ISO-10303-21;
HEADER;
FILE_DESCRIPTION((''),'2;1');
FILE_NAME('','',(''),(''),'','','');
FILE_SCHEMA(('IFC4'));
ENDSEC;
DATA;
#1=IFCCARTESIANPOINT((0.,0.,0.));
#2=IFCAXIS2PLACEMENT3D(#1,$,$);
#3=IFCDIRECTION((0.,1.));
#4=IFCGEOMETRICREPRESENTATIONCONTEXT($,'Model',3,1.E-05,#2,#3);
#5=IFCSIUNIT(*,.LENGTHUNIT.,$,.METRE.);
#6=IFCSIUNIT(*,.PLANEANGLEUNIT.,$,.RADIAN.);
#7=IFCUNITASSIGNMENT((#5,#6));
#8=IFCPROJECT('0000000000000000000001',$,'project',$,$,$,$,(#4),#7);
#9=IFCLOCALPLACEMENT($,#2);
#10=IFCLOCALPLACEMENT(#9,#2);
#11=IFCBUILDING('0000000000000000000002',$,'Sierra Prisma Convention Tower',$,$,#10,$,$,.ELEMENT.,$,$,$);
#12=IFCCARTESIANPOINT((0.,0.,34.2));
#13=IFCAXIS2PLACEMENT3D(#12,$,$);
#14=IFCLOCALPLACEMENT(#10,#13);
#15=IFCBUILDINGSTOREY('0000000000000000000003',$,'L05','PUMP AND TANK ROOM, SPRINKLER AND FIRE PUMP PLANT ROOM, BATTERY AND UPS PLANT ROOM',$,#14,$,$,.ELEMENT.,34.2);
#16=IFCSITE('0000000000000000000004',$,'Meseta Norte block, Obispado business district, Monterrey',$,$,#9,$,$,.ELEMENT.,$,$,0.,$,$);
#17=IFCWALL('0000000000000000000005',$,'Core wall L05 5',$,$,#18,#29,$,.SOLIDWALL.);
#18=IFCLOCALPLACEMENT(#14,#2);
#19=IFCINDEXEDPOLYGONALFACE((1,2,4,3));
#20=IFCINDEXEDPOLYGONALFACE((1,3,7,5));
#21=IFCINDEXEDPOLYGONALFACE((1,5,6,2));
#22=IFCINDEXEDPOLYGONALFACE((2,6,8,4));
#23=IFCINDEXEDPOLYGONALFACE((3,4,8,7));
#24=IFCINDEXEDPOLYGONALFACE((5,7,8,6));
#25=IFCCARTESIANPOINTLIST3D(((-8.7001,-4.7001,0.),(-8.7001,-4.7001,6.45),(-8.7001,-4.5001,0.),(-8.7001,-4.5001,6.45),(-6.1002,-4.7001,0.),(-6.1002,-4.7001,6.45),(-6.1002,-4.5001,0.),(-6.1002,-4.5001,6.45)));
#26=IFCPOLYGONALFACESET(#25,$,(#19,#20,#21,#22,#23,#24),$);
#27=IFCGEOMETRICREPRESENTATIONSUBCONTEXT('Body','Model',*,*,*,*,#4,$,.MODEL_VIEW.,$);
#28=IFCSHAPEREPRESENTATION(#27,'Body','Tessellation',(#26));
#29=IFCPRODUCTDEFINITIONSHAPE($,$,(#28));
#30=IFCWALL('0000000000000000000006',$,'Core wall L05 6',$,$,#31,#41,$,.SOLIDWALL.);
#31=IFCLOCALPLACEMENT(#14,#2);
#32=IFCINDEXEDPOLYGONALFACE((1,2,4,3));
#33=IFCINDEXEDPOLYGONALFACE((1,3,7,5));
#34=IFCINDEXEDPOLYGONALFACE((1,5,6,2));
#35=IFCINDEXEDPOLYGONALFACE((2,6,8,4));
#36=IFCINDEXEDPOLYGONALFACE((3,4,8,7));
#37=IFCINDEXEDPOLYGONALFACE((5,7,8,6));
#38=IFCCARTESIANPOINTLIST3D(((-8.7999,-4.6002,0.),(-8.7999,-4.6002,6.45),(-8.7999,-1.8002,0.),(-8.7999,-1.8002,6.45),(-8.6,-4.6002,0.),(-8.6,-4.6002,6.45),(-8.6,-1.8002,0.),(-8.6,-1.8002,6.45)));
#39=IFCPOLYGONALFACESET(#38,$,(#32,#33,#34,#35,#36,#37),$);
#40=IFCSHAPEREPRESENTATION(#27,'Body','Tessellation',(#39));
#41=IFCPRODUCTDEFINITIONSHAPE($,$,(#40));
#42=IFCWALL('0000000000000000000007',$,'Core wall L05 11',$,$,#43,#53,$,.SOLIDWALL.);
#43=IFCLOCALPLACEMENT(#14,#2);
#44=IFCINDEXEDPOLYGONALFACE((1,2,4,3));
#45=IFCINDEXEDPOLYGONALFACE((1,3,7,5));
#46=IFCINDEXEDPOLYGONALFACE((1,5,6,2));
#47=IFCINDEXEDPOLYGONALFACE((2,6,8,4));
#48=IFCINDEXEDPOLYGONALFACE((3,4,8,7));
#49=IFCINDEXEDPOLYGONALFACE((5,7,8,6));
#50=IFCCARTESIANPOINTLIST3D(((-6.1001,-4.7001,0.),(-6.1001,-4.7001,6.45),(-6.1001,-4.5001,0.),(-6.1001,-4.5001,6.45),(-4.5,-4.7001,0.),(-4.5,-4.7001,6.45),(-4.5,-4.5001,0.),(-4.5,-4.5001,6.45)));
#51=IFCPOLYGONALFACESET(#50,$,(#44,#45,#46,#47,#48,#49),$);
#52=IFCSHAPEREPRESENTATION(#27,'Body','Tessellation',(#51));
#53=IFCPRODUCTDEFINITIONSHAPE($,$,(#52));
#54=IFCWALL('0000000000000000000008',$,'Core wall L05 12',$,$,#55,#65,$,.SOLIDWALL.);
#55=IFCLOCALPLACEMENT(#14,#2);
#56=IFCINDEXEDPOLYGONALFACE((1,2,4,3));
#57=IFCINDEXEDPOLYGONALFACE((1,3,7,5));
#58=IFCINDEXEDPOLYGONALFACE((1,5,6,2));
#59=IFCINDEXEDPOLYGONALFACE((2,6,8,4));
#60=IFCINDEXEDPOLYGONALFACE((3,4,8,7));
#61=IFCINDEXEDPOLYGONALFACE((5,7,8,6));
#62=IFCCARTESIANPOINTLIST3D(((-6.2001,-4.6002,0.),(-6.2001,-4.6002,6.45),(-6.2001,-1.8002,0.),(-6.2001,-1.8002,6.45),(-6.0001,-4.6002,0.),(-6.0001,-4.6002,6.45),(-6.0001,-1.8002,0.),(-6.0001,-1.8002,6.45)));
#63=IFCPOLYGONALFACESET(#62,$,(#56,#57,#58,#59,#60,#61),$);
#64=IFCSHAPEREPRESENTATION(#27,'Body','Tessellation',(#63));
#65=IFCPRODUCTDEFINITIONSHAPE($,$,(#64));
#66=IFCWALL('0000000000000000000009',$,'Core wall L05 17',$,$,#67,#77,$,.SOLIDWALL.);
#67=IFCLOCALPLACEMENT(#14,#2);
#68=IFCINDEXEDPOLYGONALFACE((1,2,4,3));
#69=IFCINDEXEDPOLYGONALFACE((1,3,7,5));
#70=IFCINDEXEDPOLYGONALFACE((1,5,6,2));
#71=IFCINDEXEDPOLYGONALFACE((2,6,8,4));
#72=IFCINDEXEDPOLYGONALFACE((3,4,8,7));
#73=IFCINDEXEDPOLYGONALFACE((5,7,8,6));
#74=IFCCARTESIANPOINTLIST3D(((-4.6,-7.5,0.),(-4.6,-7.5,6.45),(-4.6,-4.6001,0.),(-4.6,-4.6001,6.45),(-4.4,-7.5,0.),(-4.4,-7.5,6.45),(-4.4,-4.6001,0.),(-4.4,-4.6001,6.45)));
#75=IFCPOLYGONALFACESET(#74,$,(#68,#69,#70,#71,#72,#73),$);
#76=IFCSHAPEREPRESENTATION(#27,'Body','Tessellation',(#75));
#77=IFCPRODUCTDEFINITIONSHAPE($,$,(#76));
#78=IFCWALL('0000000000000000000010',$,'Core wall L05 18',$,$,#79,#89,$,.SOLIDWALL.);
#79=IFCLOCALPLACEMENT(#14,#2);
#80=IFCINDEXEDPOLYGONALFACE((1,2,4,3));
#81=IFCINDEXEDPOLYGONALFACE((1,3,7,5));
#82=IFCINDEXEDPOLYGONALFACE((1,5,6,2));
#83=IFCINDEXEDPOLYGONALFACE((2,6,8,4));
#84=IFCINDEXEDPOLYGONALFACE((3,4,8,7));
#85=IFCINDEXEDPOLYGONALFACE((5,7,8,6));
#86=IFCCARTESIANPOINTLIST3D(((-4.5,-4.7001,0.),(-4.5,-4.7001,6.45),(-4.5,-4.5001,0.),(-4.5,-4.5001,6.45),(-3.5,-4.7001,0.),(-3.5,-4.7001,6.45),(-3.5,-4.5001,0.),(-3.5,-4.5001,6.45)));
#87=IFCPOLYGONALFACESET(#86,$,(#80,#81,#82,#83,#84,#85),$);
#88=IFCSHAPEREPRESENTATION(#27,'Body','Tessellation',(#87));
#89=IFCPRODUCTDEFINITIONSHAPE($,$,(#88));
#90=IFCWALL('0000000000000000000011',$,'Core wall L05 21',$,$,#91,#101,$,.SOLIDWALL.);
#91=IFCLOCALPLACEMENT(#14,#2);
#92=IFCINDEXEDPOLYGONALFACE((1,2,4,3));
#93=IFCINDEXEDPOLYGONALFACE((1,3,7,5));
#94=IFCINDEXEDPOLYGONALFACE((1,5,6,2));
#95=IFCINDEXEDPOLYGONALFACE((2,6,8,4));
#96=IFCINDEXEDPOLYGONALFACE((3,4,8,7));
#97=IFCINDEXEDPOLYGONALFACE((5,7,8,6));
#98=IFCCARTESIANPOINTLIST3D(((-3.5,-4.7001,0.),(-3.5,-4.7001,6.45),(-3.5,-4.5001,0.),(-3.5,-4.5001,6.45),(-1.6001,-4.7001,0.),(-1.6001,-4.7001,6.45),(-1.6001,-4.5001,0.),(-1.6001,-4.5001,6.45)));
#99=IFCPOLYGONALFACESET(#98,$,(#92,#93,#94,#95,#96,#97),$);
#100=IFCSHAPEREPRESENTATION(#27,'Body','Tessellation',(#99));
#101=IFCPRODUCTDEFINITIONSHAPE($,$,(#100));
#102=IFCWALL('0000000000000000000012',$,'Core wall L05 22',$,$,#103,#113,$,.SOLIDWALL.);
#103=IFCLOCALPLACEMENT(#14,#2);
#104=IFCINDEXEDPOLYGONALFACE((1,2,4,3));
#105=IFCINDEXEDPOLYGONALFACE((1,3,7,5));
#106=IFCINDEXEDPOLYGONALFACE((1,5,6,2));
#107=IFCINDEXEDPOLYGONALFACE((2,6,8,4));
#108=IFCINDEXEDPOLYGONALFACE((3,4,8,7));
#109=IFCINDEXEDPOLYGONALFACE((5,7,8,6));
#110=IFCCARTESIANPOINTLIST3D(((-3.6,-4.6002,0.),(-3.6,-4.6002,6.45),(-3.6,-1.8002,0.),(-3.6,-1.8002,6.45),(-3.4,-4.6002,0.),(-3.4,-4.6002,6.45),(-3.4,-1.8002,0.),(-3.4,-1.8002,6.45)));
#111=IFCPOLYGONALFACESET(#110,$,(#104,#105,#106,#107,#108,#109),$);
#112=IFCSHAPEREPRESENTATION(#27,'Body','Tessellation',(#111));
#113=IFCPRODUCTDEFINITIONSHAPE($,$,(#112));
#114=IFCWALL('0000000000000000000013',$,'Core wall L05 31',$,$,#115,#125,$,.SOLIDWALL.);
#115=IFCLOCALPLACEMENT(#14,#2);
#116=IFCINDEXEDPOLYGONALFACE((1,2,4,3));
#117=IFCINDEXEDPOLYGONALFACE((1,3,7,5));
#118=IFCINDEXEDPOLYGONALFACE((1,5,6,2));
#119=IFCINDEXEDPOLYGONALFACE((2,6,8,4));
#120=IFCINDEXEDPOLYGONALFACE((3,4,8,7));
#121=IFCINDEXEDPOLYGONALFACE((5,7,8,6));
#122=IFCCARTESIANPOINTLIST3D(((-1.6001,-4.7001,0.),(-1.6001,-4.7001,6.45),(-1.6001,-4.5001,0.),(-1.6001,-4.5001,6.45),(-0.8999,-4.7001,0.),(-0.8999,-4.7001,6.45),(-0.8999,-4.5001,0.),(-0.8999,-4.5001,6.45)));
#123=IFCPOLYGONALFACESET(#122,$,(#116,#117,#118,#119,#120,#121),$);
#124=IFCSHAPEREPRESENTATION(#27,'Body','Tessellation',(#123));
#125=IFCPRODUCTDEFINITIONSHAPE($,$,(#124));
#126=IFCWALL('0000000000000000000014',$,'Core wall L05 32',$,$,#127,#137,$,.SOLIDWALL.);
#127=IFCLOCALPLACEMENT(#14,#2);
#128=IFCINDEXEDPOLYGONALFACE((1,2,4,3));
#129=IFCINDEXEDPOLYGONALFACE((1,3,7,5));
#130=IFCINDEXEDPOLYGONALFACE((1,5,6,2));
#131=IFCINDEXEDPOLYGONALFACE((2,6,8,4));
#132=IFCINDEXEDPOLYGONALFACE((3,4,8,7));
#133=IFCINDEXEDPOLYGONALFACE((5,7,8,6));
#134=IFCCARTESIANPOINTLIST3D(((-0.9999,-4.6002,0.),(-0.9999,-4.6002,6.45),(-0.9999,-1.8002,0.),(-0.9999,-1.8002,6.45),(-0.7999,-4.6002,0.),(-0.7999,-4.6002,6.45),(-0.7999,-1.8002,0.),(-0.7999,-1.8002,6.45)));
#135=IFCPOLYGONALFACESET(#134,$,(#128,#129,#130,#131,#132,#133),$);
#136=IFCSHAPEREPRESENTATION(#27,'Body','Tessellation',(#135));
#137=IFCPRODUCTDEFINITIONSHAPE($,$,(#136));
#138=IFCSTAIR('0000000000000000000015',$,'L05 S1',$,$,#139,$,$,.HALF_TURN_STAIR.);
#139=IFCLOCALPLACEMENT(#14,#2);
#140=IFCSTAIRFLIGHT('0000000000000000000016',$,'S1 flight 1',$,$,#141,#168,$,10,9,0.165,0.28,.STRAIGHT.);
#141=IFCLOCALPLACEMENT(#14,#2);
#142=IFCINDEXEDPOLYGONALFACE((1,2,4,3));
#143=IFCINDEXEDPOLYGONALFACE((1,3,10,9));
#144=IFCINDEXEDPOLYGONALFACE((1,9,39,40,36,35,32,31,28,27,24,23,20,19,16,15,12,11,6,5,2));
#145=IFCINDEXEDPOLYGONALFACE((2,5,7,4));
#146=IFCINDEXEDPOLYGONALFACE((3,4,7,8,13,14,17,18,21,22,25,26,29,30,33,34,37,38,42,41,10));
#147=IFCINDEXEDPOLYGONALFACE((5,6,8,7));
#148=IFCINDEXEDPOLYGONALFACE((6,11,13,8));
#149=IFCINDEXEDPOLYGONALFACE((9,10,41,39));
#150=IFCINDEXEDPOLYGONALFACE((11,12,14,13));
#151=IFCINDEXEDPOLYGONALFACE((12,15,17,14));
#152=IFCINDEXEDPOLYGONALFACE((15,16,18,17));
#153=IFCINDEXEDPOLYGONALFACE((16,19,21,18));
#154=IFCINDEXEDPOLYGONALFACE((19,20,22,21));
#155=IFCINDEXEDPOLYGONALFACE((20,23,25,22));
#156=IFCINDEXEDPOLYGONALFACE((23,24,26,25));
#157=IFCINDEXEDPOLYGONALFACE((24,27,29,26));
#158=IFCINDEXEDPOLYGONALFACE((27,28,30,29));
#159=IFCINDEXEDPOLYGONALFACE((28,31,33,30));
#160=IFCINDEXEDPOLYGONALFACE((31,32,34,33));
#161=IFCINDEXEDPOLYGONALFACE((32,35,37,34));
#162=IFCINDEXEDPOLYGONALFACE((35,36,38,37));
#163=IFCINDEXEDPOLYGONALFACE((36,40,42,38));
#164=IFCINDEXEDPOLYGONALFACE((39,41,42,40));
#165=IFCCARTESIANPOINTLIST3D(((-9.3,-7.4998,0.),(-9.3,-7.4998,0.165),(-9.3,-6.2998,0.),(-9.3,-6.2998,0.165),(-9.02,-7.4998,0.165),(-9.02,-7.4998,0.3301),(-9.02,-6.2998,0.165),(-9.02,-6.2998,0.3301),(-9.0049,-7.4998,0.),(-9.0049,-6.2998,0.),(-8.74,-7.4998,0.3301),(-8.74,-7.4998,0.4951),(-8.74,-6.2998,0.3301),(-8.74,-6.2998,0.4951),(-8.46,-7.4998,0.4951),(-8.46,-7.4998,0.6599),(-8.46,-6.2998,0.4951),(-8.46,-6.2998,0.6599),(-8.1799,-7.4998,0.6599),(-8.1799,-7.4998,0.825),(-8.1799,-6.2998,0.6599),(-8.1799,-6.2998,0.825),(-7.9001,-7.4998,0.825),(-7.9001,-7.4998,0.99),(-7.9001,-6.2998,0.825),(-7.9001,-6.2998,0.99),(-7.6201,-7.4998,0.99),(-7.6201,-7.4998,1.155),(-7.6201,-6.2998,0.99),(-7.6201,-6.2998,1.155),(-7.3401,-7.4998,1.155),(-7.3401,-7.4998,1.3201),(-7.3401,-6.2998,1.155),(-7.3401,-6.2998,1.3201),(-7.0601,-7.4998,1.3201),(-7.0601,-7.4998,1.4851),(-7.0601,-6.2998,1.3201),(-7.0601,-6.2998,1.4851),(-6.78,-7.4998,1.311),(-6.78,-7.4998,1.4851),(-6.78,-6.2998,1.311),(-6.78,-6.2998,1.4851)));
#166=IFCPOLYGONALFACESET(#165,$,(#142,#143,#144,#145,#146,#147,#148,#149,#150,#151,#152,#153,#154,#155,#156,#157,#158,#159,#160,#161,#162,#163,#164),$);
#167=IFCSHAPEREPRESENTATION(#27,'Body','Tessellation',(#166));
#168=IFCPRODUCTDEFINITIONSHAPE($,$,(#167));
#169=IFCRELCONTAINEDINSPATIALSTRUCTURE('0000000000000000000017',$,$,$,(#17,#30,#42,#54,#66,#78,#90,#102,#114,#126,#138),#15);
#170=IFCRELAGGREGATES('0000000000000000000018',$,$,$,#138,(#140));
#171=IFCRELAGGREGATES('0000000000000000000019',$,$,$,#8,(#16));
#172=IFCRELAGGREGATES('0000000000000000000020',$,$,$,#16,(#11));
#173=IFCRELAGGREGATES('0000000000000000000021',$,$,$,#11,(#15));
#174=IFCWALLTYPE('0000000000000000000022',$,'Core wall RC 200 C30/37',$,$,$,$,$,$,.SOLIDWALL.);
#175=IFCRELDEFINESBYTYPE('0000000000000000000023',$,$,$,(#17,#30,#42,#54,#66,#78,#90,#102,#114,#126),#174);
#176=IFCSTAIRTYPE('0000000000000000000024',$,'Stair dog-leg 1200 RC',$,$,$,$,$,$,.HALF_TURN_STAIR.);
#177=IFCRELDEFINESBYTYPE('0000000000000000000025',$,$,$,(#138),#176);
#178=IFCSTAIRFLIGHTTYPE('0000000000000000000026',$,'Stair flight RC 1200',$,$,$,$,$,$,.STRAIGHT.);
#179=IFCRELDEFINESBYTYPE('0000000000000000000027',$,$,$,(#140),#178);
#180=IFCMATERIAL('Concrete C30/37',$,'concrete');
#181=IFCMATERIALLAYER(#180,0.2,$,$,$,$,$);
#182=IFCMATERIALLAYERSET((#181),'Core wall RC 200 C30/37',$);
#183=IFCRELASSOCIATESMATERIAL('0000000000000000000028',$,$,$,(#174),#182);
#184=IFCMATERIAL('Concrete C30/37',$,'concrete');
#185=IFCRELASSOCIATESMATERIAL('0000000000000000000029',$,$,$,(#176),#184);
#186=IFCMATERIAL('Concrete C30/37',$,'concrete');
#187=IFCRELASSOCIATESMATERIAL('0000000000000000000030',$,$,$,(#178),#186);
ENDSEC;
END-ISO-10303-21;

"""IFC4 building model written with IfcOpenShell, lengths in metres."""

from ifc_helpers import new_model, si_unit, direction, frame, frame_2d, origin, place, context, subcontext, project, spatial, polyline, rectangle, outline, extrude, material, layer, layer_set, type_object, element, aggregate, save


model = new_model("IFC4")

# Units and contexts
model_context = context("Model", 3, precision=1e-05, world=origin(), true_north=direction((0.0, 1.0)))
body_context = subcontext(model_context, "Body", "Model", "MODEL_VIEW")
ifc_project = project(units=[si_unit("LENGTHUNIT", "METRE"), si_unit("PLANEANGLEUNIT", "RADIAN")], contexts=[model_context])

# Site, building, storey
site_placement = place(None, origin())
site = spatial("IfcSite", under=ifc_project, at=site_placement, Name="Meseta Norte block, Obispado business district, Monterrey", CompositionType="ELEMENT", RefElevation=0.0)
building_placement = place(site_placement, origin())
building = spatial("IfcBuilding", under=site, at=building_placement, Name="Sierra Prisma Convention Tower", CompositionType="ELEMENT")
storey_placement = place(building_placement, frame((0.0, 0.0, 34.2)))
storey = spatial("IfcBuildingStorey", under=building, at=storey_placement, Name="L05", Description="PUMP AND TANK ROOM, SPRINKLER AND FIRE PUMP PLANT ROOM, BATTERY AND UPS PLANT ROOM", CompositionType="ELEMENT", Elevation=34.2)

# Shared definitions
ifc_material_1 = material(Name="Concrete C30/37", Category="concrete")
ifc_layer = layer(ifc_material_1, 0.2)
ifc_layer_set = layer_set([ifc_layer], Name="Core wall RC 200 C30/37")
wall_type = type_object("IfcWallType", Name="Core wall RC 200 C30/37", PredefinedType="SOLIDWALL", material=ifc_layer_set)

# Walls
wall_1_placement = place(storey_placement, frame((-8.7, -4.6001, 0.0), z_axis=(0.0, 0.0, 1.0), x_axis=(1.0, 0.0, 0.0)))
element("IfcWall", 1, at=wall_1_placement, inside=storey, type_object=wall_type, Name="Core wall L05 5", PredefinedType="SOLIDWALL", context=body_context, shape_type="SweptSolid", body=[
    extrude(rectangle(XDim=2.5999, YDim=0.2, at=frame_2d((1.2998, 0.0))), origin(), (0.0, 0.0, 1.0), 6.45),
])
wall_2_placement = place(storey_placement, frame((-8.7, -4.6001, 0.0), z_axis=(0.0, 0.0, 1.0), x_axis=(0.0, 1.0, 0.0)))
element("IfcWall", 2, at=wall_2_placement, inside=storey, type_object=wall_type, Name="Core wall L05 6", PredefinedType="SOLIDWALL", context=body_context, shape_type="SweptSolid", body=[
    extrude(rectangle(XDim=2.8, YDim=0.2, at=frame_2d((1.3999, 0.0))), origin(), (0.0, 0.0, 1.0), 6.45),
])
wall_3_placement = place(storey_placement, frame((-6.1001, -4.6001, 0.0), z_axis=(0.0, 0.0, 1.0), x_axis=(1.0, 0.0, 0.0)))
element("IfcWall", 3, at=wall_3_placement, inside=storey, type_object=wall_type, Name="Core wall L05 11", PredefinedType="SOLIDWALL", context=body_context, shape_type="SweptSolid", body=[
    extrude(rectangle(XDim=1.6001, YDim=0.2, at=frame_2d((0.8, 0.0))), origin(), (0.0, 0.0, 1.0), 6.45),
])
wall_4_placement = place(storey_placement, frame((-6.1001, -4.6001, 0.0), z_axis=(0.0, 0.0, 1.0), x_axis=(0.0, 1.0, 0.0)))
element("IfcWall", 4, at=wall_4_placement, inside=storey, type_object=wall_type, Name="Core wall L05 12", PredefinedType="SOLIDWALL", context=body_context, shape_type="SweptSolid", body=[
    extrude(rectangle(XDim=2.8, YDim=0.2, at=frame_2d((1.3999, 0.0))), origin(), (0.0, 0.0, 1.0), 6.45),
])
wall_5_placement = place(storey_placement, frame((-4.5, -4.6001, 0.0), z_axis=(0.0, 0.0, 1.0), x_axis=(0.0, -1.0, 0.0)))
element("IfcWall", 5, at=wall_5_placement, inside=storey, type_object=wall_type, Name="Core wall L05 17", PredefinedType="SOLIDWALL", context=body_context, shape_type="SweptSolid", body=[
    extrude(rectangle(XDim=2.8999, YDim=0.2, at=frame_2d((1.45, 0.0))), origin(), (0.0, 0.0, 1.0), 6.45),
])
wall_6_placement = place(storey_placement, frame((-4.5, -4.6001, 0.0), z_axis=(0.0, 0.0, 1.0), x_axis=(1.0, 0.0, 0.0)))
element("IfcWall", 6, at=wall_6_placement, inside=storey, type_object=wall_type, Name="Core wall L05 18", PredefinedType="SOLIDWALL", context=body_context, shape_type="SweptSolid", body=[
    extrude(rectangle(XDim=1.0, YDim=0.2, at=frame_2d((0.5, 0.0))), origin(), (0.0, 0.0, 1.0), 6.45),
])
wall_7_placement = place(storey_placement, frame((-3.5, -4.6001, 0.0), z_axis=(0.0, 0.0, 1.0), x_axis=(1.0, 0.0, 0.0)))
element("IfcWall", 7, at=wall_7_placement, inside=storey, type_object=wall_type, Name="Core wall L05 21", PredefinedType="SOLIDWALL", context=body_context, shape_type="SweptSolid", body=[
    extrude(rectangle(XDim=1.8999, YDim=0.2, at=frame_2d((0.95, 0.0))), origin(), (0.0, 0.0, 1.0), 6.45),
])
wall_8_placement = place(storey_placement, frame((-3.5, -4.6001, 0.0), z_axis=(0.0, 0.0, 1.0), x_axis=(0.0, 1.0, 0.0)))
element("IfcWall", 8, at=wall_8_placement, inside=storey, type_object=wall_type, Name="Core wall L05 22", PredefinedType="SOLIDWALL", context=body_context, shape_type="SweptSolid", body=[
    extrude(rectangle(XDim=2.8, YDim=0.2, at=frame_2d((1.3999, 0.0))), origin(), (0.0, 0.0, 1.0), 6.45),
])
wall_9_placement = place(storey_placement, frame((-1.6001, -4.6001, 0.0), z_axis=(0.0, 0.0, 1.0), x_axis=(1.0, 0.0, 0.0)))
element("IfcWall", 9, at=wall_9_placement, inside=storey, type_object=wall_type, Name="Core wall L05 31", PredefinedType="SOLIDWALL", context=body_context, shape_type="SweptSolid", body=[
    extrude(rectangle(XDim=0.7002, YDim=0.2, at=frame_2d((0.3501, 0.0))), origin(), (0.0, 0.0, 1.0), 6.45),
])
wall_10_placement = place(storey_placement, frame((-0.8999, -4.6001, 0.0), z_axis=(0.0, 0.0, 1.0), x_axis=(0.0, 1.0, 0.0)))
element("IfcWall", 10, at=wall_10_placement, inside=storey, type_object=wall_type, Name="Core wall L05 32", PredefinedType="SOLIDWALL", context=body_context, shape_type="SweptSolid", body=[
    extrude(rectangle(XDim=2.8, YDim=0.2, at=frame_2d((1.3999, 0.0))), origin(), (0.0, 0.0, 1.0), 6.45),
])

# Stair, stair flight
ifc_material_2 = material(Name="Concrete C30/37", Category="concrete")
stair_type = type_object("IfcStairType", Name="Stair dog-leg 1200 RC", PredefinedType="HALF_TURN_STAIR", material=ifc_material_2)
stair_placement = place(storey_placement, origin())
stair = element("IfcStair", 11, at=stair_placement, inside=storey, type_object=stair_type, Name="L05 S1", PredefinedType="HALF_TURN_STAIR")
ifc_material_3 = material(Name="Concrete C30/37", Category="concrete")
stair_flight_type = type_object("IfcStairFlightType", Name="Stair flight RC 1200", PredefinedType="STRAIGHT", material=ifc_material_3)
stair_flight_1_placement = place(storey_placement, frame((-9.3, -6.8999, 0.0), z_axis=(0.0, 0.0, 1.0), x_axis=(1.0, 0.0, 0.0)))
stair_flight_1 = element("IfcStairFlight", 12, at=stair_flight_1_placement, type_object=stair_flight_type, Name="S1 flight 1", NumberOfRisers=10, NumberOfTreads=9, PredefinedType="STRAIGHT", RiserHeight=0.165, TreadLength=0.28, context=body_context, shape_type="SweptSolid", body=[
    extrude(outline(polyline([(0.0, 0.0), (0.0, 0.165), (0.28, 0.165), (0.28, 0.3301), (0.5601, 0.3301), (0.5601, 0.4951), (0.8401, 0.4951), (0.8401, 0.6599), (1.1201, 0.6599), (1.1201, 0.825), (1.3999, 0.825), (1.3999, 0.99), (1.6799, 0.99), (1.6799, 1.155), (1.96, 1.155), (1.96, 1.3201), (2.24, 1.3201), (2.24, 1.4851), (2.52, 1.4851), (2.52, 1.6499), (2.52, 1.311), (0.2952, 0.0), (0.0, 0.0)])), frame((0.0, 0.6001, 0.0), z_axis=(0.0, -1.0, 0.0), x_axis=(1.0, 0.0, 0.0)), (0.0, 0.0, 1.0), 1.2),
])
aggregate(stair, [stair_flight_1])

save(model, "model.ifc")
